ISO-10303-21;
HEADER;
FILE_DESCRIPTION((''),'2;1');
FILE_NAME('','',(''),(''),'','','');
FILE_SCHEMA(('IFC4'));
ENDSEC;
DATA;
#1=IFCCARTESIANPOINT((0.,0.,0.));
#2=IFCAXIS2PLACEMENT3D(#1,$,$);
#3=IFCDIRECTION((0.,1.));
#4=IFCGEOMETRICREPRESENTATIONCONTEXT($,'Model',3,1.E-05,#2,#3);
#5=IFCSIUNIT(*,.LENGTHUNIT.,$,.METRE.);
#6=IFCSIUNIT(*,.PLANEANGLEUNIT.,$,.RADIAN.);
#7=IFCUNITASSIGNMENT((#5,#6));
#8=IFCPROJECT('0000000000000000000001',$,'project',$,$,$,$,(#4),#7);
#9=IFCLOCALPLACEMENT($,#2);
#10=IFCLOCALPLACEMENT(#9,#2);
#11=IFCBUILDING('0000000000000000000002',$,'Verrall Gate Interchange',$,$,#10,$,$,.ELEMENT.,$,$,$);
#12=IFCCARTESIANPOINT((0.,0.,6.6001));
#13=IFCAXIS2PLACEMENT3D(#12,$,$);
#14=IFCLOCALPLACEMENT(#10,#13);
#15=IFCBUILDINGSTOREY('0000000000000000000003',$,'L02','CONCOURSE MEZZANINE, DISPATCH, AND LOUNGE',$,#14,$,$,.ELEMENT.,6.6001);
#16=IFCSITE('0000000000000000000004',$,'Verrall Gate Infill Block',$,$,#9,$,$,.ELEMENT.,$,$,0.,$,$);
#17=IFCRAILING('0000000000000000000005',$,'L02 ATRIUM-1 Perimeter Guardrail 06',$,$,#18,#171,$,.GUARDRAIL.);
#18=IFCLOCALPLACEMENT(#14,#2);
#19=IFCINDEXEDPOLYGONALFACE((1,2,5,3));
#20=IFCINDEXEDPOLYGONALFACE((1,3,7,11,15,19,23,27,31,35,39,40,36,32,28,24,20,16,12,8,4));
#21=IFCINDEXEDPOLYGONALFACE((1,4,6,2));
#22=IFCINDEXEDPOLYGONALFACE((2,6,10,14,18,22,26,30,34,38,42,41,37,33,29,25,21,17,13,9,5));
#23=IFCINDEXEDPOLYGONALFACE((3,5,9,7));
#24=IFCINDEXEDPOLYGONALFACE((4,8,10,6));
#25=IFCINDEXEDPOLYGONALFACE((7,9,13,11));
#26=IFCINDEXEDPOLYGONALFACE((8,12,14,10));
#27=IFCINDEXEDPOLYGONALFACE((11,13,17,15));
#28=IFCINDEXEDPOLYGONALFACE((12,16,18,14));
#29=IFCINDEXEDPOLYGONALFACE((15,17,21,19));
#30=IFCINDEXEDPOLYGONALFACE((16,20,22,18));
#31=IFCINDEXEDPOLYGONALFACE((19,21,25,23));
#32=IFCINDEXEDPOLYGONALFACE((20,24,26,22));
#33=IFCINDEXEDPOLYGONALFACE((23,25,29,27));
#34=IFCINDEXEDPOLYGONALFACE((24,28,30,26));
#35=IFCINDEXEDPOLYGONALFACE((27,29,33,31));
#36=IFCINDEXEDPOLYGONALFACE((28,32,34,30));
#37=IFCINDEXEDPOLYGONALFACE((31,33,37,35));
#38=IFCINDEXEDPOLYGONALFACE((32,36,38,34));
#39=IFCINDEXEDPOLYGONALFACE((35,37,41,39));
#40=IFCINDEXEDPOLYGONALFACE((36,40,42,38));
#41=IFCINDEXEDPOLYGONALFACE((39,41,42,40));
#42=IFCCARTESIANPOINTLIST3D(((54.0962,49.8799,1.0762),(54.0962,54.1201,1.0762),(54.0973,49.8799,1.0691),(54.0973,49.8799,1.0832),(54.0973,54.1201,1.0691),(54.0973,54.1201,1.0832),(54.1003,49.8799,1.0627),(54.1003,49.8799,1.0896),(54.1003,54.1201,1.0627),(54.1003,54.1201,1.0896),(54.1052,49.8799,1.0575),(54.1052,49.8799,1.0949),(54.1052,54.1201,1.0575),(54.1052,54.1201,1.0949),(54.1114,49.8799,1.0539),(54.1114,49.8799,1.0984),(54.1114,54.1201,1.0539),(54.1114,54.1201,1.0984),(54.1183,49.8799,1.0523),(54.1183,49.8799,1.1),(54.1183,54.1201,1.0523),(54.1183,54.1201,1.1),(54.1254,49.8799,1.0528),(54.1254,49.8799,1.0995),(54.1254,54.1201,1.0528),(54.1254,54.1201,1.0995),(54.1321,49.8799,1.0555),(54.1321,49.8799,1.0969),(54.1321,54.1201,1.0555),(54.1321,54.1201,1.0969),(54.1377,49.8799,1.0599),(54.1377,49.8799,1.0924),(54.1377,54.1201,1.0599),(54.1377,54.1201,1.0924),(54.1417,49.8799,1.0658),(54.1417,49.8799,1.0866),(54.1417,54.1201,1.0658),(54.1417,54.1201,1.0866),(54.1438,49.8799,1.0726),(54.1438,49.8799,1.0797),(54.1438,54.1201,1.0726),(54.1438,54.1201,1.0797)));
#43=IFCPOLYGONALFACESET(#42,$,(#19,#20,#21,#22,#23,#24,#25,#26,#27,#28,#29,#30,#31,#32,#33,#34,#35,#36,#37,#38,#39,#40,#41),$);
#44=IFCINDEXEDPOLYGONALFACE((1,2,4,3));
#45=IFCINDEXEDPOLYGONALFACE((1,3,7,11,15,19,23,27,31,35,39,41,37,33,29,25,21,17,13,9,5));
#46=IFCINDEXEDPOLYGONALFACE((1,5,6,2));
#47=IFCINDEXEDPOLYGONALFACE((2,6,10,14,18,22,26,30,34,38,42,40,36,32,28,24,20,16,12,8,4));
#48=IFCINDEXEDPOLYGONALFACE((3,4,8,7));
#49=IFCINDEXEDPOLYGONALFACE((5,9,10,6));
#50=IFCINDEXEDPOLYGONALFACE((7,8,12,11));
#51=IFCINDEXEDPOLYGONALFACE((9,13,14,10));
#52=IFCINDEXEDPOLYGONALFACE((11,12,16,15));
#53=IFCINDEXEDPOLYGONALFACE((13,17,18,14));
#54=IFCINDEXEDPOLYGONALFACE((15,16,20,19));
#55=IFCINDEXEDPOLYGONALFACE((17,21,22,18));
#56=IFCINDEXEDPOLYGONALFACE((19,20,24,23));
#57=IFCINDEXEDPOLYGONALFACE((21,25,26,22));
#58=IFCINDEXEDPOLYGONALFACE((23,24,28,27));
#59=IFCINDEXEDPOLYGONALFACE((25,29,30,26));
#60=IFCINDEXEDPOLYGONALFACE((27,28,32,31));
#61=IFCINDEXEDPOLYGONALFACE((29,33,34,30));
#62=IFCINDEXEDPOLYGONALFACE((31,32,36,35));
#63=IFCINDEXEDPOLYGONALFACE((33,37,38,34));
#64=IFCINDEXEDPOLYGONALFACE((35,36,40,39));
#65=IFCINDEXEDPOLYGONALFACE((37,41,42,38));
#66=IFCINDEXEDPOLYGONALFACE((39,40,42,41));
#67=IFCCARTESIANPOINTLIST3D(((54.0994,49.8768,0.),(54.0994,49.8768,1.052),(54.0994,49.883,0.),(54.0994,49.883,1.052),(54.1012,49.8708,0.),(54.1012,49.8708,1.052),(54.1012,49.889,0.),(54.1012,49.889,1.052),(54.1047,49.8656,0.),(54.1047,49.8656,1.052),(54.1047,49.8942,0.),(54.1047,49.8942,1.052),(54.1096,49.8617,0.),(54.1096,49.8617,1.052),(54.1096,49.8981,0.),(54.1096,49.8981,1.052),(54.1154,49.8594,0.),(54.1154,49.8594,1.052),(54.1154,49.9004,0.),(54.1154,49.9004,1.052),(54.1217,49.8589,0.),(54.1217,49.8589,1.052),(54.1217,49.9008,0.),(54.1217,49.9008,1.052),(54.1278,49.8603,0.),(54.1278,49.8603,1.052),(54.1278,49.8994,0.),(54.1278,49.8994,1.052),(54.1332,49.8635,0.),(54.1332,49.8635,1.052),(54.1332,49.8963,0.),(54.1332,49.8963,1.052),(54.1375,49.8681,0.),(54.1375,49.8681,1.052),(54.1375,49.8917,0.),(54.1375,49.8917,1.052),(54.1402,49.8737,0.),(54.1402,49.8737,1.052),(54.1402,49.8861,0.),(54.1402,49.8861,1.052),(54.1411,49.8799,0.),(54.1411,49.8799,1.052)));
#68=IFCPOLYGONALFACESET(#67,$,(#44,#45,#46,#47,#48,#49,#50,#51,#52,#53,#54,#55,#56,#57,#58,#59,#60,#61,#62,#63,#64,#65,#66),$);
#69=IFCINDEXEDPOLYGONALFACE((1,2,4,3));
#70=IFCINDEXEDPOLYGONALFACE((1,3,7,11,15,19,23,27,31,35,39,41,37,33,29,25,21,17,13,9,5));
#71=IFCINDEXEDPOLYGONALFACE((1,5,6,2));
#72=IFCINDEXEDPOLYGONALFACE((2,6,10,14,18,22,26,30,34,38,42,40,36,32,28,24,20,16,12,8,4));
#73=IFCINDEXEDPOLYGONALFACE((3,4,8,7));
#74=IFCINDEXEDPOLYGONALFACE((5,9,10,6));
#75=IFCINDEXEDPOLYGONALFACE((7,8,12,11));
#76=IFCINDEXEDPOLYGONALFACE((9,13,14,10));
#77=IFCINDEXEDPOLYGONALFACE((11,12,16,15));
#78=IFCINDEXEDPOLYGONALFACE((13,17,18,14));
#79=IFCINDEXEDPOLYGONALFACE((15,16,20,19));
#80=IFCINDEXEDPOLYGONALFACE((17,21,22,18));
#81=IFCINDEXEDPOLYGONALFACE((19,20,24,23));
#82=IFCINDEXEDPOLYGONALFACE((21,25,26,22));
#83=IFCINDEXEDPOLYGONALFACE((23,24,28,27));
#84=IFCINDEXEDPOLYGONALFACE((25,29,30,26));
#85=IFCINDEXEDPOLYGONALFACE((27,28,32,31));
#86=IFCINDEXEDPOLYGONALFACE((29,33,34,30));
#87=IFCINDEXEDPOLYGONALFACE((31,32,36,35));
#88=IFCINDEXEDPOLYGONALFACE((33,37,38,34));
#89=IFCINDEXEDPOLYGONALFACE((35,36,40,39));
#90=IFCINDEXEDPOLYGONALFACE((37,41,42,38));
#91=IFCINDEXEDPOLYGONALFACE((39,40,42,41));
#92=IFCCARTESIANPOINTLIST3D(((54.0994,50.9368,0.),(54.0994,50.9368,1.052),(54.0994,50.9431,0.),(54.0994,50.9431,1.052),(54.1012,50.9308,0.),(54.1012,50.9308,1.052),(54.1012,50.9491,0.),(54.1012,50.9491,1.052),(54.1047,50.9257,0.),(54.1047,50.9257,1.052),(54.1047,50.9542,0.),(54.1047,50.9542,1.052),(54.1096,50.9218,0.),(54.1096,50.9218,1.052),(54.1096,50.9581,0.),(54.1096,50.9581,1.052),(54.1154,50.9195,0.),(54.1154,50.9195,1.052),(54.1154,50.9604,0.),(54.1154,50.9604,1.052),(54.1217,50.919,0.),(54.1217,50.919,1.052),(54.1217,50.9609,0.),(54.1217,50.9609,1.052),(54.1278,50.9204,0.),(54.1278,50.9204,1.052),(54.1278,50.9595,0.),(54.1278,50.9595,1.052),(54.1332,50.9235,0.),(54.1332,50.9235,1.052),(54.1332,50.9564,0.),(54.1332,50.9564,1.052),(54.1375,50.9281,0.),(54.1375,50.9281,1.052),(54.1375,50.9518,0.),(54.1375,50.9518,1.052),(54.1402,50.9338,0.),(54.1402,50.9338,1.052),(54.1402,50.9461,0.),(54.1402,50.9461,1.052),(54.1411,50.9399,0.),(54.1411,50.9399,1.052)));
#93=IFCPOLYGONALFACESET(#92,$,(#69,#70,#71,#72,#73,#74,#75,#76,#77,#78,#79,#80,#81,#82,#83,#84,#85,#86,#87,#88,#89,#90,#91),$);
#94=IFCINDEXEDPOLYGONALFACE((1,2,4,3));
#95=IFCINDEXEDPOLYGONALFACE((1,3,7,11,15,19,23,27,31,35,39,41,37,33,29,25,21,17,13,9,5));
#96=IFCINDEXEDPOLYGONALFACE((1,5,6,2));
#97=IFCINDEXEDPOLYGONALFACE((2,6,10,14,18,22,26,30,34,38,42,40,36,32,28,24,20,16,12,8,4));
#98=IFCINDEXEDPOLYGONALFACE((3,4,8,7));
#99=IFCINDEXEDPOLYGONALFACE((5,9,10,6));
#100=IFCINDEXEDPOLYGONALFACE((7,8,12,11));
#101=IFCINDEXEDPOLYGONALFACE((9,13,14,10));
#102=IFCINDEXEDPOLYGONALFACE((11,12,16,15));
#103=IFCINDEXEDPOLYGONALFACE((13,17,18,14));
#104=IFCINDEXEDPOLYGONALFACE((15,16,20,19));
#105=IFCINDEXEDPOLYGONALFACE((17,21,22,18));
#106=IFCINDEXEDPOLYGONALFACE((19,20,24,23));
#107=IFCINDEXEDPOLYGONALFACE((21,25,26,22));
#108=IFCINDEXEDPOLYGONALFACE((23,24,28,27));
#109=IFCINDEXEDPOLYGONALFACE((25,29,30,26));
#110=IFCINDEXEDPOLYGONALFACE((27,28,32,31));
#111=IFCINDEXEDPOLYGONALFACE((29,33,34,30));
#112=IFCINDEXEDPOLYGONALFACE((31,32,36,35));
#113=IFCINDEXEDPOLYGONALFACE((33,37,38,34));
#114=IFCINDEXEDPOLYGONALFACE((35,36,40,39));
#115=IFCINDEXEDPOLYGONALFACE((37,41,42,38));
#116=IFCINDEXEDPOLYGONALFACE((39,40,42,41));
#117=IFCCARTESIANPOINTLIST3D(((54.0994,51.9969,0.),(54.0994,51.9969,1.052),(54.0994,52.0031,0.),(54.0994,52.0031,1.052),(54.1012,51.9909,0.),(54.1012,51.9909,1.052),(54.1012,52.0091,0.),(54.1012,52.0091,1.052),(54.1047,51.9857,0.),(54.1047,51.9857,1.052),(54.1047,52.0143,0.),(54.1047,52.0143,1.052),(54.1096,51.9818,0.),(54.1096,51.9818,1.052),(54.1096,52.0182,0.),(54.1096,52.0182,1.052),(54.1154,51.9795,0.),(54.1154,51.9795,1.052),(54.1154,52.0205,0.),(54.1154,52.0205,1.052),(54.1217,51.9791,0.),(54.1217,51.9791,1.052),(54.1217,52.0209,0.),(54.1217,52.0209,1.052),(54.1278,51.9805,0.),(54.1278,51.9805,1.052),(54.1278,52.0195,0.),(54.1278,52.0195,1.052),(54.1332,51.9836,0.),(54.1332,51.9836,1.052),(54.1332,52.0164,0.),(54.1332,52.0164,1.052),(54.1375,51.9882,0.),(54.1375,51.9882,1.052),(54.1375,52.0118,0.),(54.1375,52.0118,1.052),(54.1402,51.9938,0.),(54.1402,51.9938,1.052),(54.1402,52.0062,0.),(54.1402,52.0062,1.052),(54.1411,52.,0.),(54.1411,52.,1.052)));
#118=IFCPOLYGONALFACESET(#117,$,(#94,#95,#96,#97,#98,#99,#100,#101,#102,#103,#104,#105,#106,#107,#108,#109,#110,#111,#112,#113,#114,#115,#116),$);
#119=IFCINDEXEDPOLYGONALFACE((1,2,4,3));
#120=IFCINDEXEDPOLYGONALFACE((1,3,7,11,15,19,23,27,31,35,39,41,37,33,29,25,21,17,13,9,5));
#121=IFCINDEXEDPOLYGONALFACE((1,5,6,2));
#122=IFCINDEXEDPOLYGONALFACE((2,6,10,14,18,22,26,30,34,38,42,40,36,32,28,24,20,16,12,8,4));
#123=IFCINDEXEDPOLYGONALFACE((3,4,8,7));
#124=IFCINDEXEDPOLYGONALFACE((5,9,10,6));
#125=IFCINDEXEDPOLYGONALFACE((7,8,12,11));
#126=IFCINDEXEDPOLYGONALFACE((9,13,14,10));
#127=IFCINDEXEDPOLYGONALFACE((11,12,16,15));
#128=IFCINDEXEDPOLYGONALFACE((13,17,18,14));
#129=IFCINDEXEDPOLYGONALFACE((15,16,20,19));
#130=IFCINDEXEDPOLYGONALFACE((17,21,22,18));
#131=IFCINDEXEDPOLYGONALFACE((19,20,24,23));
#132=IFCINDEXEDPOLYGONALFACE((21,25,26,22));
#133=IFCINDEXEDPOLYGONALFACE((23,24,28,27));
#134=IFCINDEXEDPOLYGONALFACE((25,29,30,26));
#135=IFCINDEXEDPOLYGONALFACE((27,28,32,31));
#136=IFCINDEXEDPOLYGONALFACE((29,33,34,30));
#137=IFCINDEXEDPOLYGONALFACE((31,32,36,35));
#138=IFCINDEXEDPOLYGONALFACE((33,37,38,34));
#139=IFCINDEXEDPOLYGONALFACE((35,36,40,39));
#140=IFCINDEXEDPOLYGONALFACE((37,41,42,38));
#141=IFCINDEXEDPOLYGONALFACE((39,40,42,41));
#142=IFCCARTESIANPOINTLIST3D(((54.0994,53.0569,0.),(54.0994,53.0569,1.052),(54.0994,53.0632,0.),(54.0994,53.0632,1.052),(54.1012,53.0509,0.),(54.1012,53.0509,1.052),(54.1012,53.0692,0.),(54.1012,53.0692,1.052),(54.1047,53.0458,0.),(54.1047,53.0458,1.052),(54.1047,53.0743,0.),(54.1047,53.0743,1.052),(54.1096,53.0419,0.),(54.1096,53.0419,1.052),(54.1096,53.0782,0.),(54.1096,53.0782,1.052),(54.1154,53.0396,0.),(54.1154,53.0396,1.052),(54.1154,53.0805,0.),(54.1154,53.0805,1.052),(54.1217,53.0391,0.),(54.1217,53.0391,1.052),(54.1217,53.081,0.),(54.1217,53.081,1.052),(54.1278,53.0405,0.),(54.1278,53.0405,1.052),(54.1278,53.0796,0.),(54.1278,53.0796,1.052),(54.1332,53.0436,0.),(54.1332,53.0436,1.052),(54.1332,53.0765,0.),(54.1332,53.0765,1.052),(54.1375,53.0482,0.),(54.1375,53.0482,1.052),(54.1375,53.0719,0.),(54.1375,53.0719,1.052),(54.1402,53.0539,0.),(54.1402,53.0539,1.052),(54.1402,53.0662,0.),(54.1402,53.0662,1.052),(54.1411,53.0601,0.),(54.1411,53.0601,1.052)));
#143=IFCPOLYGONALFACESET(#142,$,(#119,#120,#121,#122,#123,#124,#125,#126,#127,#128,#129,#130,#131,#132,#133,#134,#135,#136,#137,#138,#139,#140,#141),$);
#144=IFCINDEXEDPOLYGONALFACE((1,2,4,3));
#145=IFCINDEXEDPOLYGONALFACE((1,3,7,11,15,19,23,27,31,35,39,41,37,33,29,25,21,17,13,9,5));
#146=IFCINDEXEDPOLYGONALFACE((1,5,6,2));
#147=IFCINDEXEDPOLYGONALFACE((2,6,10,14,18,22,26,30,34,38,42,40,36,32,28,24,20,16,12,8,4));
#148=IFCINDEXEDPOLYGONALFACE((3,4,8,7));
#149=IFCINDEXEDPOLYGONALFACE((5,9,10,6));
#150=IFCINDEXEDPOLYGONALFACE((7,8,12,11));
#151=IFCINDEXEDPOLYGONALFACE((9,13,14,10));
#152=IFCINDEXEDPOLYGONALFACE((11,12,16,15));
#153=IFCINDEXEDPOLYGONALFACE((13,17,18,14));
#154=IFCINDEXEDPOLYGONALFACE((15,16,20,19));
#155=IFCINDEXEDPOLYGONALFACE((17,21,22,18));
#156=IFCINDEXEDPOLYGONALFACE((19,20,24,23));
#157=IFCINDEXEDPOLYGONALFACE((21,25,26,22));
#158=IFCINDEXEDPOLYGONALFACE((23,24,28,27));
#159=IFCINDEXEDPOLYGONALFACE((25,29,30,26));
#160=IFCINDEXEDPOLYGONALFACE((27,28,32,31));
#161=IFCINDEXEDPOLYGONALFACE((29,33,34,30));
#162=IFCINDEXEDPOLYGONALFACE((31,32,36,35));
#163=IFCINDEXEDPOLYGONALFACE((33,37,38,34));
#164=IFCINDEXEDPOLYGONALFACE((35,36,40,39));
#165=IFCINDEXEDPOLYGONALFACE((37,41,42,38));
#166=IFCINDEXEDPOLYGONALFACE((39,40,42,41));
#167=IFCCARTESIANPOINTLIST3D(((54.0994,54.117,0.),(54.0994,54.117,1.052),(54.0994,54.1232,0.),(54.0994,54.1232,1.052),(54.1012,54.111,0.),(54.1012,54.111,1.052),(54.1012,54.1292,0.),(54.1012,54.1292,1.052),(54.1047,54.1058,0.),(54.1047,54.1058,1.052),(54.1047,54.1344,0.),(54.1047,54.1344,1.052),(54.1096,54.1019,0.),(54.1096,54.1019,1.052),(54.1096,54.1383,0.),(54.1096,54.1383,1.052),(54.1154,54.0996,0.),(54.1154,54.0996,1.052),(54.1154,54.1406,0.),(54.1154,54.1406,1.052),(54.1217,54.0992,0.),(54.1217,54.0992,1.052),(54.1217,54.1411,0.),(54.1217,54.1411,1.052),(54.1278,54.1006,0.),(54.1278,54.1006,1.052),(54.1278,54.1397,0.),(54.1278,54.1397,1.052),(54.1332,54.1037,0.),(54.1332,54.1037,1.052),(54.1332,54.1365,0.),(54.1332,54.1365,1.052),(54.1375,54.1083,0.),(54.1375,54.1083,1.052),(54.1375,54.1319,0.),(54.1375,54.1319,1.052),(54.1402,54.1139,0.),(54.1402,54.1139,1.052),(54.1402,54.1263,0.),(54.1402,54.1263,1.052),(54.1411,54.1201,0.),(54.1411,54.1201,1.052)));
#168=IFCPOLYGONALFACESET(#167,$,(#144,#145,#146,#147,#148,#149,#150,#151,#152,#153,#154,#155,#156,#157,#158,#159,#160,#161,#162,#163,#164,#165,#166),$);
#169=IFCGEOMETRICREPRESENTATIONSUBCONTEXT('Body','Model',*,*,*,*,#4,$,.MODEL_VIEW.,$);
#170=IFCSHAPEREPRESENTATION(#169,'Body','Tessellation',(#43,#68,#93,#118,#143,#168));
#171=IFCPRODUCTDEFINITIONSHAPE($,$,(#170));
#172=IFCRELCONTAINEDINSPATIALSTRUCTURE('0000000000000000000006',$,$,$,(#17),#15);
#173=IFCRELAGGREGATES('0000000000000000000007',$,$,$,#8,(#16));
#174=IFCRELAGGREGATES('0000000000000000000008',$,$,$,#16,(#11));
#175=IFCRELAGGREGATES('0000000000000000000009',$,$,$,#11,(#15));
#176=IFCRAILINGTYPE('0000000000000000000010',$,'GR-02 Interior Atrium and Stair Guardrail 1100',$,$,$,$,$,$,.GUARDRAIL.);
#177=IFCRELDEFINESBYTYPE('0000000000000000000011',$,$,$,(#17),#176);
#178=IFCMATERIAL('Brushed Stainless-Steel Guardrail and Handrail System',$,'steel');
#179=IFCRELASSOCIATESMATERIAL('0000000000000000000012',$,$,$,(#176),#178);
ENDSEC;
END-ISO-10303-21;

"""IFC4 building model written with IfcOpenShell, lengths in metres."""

from ifc_helpers import new_model, si_unit, direction, frame, origin, origin_2d, place, context, subcontext, project, spatial, circle, extrude, material, type_object, element, save


model = new_model("IFC4")

# Units and contexts
model_context = context("Model", 3, precision=1e-05, world=origin(), true_north=direction((0.0, 1.0)))
body_context = subcontext(model_context, "Body", "Model", "MODEL_VIEW")
ifc_project = project(units=[si_unit("LENGTHUNIT", "METRE"), si_unit("PLANEANGLEUNIT", "RADIAN")], contexts=[model_context])

# Site, building, storey
site_placement = place(None, origin())
site = spatial("IfcSite", under=ifc_project, at=site_placement, Name="Verrall Gate Infill Block", CompositionType="ELEMENT", RefElevation=0.0)
building_placement = place(site_placement, origin())
building = spatial("IfcBuilding", under=site, at=building_placement, Name="Verrall Gate Interchange", CompositionType="ELEMENT")
storey_placement = place(building_placement, frame((0.0, 0.0, 6.6001)))
storey = spatial("IfcBuildingStorey", under=building, at=storey_placement, Name="L02", Description="CONCOURSE MEZZANINE, DISPATCH, AND LOUNGE", CompositionType="ELEMENT", Elevation=6.6001)

# Railing
ifc_material_1 = material(Name="Brushed Stainless-Steel Guardrail and Handrail System", Category="steel")
railing_type = type_object("IfcRailingType", Name="GR-02 Interior Atrium and Stair Guardrail 1100", PredefinedType="GUARDRAIL", material=ifc_material_1)
railing_1_placement = place(storey_placement, frame((54.1201, 49.8799, 0.0)))
element("IfcRailing", 1, at=railing_1_placement, inside=storey, type_object=railing_type, Name="L02 ATRIUM-1 Perimeter Guardrail 06", PredefinedType="GUARDRAIL", context=body_context, shape_type="SweptSolid", body=[
    extrude(circle(Radius=0.0239, at=origin_2d()), frame((0.0, 0.0, 1.0762), z_axis=(0.0, 1.0, 0.0), x_axis=(-1.0, 0.0, 0.0)), (0.0, 0.0, 1.0), 4.2402),
    extrude(circle(Radius=0.021, at=origin_2d()), origin(), (0.0, 0.0, 1.0), 1.052),
    extrude(circle(Radius=0.021, at=origin_2d()), frame((0.0, 1.0601, 0.0)), (0.0, 0.0, 1.0), 1.052),
    extrude(circle(Radius=0.021, at=origin_2d()), frame((0.0, 2.1201, 0.0)), (0.0, 0.0, 1.0), 1.052),
    extrude(circle(Radius=0.021, at=origin_2d()), frame((0.0, 3.1802, 0.0)), (0.0, 0.0, 1.0), 1.052),
    extrude(circle(Radius=0.021, at=origin_2d()), frame((0.0, 4.2402, 0.0)), (0.0, 0.0, 1.0), 1.052),
])

save(model, "model.ifc")
